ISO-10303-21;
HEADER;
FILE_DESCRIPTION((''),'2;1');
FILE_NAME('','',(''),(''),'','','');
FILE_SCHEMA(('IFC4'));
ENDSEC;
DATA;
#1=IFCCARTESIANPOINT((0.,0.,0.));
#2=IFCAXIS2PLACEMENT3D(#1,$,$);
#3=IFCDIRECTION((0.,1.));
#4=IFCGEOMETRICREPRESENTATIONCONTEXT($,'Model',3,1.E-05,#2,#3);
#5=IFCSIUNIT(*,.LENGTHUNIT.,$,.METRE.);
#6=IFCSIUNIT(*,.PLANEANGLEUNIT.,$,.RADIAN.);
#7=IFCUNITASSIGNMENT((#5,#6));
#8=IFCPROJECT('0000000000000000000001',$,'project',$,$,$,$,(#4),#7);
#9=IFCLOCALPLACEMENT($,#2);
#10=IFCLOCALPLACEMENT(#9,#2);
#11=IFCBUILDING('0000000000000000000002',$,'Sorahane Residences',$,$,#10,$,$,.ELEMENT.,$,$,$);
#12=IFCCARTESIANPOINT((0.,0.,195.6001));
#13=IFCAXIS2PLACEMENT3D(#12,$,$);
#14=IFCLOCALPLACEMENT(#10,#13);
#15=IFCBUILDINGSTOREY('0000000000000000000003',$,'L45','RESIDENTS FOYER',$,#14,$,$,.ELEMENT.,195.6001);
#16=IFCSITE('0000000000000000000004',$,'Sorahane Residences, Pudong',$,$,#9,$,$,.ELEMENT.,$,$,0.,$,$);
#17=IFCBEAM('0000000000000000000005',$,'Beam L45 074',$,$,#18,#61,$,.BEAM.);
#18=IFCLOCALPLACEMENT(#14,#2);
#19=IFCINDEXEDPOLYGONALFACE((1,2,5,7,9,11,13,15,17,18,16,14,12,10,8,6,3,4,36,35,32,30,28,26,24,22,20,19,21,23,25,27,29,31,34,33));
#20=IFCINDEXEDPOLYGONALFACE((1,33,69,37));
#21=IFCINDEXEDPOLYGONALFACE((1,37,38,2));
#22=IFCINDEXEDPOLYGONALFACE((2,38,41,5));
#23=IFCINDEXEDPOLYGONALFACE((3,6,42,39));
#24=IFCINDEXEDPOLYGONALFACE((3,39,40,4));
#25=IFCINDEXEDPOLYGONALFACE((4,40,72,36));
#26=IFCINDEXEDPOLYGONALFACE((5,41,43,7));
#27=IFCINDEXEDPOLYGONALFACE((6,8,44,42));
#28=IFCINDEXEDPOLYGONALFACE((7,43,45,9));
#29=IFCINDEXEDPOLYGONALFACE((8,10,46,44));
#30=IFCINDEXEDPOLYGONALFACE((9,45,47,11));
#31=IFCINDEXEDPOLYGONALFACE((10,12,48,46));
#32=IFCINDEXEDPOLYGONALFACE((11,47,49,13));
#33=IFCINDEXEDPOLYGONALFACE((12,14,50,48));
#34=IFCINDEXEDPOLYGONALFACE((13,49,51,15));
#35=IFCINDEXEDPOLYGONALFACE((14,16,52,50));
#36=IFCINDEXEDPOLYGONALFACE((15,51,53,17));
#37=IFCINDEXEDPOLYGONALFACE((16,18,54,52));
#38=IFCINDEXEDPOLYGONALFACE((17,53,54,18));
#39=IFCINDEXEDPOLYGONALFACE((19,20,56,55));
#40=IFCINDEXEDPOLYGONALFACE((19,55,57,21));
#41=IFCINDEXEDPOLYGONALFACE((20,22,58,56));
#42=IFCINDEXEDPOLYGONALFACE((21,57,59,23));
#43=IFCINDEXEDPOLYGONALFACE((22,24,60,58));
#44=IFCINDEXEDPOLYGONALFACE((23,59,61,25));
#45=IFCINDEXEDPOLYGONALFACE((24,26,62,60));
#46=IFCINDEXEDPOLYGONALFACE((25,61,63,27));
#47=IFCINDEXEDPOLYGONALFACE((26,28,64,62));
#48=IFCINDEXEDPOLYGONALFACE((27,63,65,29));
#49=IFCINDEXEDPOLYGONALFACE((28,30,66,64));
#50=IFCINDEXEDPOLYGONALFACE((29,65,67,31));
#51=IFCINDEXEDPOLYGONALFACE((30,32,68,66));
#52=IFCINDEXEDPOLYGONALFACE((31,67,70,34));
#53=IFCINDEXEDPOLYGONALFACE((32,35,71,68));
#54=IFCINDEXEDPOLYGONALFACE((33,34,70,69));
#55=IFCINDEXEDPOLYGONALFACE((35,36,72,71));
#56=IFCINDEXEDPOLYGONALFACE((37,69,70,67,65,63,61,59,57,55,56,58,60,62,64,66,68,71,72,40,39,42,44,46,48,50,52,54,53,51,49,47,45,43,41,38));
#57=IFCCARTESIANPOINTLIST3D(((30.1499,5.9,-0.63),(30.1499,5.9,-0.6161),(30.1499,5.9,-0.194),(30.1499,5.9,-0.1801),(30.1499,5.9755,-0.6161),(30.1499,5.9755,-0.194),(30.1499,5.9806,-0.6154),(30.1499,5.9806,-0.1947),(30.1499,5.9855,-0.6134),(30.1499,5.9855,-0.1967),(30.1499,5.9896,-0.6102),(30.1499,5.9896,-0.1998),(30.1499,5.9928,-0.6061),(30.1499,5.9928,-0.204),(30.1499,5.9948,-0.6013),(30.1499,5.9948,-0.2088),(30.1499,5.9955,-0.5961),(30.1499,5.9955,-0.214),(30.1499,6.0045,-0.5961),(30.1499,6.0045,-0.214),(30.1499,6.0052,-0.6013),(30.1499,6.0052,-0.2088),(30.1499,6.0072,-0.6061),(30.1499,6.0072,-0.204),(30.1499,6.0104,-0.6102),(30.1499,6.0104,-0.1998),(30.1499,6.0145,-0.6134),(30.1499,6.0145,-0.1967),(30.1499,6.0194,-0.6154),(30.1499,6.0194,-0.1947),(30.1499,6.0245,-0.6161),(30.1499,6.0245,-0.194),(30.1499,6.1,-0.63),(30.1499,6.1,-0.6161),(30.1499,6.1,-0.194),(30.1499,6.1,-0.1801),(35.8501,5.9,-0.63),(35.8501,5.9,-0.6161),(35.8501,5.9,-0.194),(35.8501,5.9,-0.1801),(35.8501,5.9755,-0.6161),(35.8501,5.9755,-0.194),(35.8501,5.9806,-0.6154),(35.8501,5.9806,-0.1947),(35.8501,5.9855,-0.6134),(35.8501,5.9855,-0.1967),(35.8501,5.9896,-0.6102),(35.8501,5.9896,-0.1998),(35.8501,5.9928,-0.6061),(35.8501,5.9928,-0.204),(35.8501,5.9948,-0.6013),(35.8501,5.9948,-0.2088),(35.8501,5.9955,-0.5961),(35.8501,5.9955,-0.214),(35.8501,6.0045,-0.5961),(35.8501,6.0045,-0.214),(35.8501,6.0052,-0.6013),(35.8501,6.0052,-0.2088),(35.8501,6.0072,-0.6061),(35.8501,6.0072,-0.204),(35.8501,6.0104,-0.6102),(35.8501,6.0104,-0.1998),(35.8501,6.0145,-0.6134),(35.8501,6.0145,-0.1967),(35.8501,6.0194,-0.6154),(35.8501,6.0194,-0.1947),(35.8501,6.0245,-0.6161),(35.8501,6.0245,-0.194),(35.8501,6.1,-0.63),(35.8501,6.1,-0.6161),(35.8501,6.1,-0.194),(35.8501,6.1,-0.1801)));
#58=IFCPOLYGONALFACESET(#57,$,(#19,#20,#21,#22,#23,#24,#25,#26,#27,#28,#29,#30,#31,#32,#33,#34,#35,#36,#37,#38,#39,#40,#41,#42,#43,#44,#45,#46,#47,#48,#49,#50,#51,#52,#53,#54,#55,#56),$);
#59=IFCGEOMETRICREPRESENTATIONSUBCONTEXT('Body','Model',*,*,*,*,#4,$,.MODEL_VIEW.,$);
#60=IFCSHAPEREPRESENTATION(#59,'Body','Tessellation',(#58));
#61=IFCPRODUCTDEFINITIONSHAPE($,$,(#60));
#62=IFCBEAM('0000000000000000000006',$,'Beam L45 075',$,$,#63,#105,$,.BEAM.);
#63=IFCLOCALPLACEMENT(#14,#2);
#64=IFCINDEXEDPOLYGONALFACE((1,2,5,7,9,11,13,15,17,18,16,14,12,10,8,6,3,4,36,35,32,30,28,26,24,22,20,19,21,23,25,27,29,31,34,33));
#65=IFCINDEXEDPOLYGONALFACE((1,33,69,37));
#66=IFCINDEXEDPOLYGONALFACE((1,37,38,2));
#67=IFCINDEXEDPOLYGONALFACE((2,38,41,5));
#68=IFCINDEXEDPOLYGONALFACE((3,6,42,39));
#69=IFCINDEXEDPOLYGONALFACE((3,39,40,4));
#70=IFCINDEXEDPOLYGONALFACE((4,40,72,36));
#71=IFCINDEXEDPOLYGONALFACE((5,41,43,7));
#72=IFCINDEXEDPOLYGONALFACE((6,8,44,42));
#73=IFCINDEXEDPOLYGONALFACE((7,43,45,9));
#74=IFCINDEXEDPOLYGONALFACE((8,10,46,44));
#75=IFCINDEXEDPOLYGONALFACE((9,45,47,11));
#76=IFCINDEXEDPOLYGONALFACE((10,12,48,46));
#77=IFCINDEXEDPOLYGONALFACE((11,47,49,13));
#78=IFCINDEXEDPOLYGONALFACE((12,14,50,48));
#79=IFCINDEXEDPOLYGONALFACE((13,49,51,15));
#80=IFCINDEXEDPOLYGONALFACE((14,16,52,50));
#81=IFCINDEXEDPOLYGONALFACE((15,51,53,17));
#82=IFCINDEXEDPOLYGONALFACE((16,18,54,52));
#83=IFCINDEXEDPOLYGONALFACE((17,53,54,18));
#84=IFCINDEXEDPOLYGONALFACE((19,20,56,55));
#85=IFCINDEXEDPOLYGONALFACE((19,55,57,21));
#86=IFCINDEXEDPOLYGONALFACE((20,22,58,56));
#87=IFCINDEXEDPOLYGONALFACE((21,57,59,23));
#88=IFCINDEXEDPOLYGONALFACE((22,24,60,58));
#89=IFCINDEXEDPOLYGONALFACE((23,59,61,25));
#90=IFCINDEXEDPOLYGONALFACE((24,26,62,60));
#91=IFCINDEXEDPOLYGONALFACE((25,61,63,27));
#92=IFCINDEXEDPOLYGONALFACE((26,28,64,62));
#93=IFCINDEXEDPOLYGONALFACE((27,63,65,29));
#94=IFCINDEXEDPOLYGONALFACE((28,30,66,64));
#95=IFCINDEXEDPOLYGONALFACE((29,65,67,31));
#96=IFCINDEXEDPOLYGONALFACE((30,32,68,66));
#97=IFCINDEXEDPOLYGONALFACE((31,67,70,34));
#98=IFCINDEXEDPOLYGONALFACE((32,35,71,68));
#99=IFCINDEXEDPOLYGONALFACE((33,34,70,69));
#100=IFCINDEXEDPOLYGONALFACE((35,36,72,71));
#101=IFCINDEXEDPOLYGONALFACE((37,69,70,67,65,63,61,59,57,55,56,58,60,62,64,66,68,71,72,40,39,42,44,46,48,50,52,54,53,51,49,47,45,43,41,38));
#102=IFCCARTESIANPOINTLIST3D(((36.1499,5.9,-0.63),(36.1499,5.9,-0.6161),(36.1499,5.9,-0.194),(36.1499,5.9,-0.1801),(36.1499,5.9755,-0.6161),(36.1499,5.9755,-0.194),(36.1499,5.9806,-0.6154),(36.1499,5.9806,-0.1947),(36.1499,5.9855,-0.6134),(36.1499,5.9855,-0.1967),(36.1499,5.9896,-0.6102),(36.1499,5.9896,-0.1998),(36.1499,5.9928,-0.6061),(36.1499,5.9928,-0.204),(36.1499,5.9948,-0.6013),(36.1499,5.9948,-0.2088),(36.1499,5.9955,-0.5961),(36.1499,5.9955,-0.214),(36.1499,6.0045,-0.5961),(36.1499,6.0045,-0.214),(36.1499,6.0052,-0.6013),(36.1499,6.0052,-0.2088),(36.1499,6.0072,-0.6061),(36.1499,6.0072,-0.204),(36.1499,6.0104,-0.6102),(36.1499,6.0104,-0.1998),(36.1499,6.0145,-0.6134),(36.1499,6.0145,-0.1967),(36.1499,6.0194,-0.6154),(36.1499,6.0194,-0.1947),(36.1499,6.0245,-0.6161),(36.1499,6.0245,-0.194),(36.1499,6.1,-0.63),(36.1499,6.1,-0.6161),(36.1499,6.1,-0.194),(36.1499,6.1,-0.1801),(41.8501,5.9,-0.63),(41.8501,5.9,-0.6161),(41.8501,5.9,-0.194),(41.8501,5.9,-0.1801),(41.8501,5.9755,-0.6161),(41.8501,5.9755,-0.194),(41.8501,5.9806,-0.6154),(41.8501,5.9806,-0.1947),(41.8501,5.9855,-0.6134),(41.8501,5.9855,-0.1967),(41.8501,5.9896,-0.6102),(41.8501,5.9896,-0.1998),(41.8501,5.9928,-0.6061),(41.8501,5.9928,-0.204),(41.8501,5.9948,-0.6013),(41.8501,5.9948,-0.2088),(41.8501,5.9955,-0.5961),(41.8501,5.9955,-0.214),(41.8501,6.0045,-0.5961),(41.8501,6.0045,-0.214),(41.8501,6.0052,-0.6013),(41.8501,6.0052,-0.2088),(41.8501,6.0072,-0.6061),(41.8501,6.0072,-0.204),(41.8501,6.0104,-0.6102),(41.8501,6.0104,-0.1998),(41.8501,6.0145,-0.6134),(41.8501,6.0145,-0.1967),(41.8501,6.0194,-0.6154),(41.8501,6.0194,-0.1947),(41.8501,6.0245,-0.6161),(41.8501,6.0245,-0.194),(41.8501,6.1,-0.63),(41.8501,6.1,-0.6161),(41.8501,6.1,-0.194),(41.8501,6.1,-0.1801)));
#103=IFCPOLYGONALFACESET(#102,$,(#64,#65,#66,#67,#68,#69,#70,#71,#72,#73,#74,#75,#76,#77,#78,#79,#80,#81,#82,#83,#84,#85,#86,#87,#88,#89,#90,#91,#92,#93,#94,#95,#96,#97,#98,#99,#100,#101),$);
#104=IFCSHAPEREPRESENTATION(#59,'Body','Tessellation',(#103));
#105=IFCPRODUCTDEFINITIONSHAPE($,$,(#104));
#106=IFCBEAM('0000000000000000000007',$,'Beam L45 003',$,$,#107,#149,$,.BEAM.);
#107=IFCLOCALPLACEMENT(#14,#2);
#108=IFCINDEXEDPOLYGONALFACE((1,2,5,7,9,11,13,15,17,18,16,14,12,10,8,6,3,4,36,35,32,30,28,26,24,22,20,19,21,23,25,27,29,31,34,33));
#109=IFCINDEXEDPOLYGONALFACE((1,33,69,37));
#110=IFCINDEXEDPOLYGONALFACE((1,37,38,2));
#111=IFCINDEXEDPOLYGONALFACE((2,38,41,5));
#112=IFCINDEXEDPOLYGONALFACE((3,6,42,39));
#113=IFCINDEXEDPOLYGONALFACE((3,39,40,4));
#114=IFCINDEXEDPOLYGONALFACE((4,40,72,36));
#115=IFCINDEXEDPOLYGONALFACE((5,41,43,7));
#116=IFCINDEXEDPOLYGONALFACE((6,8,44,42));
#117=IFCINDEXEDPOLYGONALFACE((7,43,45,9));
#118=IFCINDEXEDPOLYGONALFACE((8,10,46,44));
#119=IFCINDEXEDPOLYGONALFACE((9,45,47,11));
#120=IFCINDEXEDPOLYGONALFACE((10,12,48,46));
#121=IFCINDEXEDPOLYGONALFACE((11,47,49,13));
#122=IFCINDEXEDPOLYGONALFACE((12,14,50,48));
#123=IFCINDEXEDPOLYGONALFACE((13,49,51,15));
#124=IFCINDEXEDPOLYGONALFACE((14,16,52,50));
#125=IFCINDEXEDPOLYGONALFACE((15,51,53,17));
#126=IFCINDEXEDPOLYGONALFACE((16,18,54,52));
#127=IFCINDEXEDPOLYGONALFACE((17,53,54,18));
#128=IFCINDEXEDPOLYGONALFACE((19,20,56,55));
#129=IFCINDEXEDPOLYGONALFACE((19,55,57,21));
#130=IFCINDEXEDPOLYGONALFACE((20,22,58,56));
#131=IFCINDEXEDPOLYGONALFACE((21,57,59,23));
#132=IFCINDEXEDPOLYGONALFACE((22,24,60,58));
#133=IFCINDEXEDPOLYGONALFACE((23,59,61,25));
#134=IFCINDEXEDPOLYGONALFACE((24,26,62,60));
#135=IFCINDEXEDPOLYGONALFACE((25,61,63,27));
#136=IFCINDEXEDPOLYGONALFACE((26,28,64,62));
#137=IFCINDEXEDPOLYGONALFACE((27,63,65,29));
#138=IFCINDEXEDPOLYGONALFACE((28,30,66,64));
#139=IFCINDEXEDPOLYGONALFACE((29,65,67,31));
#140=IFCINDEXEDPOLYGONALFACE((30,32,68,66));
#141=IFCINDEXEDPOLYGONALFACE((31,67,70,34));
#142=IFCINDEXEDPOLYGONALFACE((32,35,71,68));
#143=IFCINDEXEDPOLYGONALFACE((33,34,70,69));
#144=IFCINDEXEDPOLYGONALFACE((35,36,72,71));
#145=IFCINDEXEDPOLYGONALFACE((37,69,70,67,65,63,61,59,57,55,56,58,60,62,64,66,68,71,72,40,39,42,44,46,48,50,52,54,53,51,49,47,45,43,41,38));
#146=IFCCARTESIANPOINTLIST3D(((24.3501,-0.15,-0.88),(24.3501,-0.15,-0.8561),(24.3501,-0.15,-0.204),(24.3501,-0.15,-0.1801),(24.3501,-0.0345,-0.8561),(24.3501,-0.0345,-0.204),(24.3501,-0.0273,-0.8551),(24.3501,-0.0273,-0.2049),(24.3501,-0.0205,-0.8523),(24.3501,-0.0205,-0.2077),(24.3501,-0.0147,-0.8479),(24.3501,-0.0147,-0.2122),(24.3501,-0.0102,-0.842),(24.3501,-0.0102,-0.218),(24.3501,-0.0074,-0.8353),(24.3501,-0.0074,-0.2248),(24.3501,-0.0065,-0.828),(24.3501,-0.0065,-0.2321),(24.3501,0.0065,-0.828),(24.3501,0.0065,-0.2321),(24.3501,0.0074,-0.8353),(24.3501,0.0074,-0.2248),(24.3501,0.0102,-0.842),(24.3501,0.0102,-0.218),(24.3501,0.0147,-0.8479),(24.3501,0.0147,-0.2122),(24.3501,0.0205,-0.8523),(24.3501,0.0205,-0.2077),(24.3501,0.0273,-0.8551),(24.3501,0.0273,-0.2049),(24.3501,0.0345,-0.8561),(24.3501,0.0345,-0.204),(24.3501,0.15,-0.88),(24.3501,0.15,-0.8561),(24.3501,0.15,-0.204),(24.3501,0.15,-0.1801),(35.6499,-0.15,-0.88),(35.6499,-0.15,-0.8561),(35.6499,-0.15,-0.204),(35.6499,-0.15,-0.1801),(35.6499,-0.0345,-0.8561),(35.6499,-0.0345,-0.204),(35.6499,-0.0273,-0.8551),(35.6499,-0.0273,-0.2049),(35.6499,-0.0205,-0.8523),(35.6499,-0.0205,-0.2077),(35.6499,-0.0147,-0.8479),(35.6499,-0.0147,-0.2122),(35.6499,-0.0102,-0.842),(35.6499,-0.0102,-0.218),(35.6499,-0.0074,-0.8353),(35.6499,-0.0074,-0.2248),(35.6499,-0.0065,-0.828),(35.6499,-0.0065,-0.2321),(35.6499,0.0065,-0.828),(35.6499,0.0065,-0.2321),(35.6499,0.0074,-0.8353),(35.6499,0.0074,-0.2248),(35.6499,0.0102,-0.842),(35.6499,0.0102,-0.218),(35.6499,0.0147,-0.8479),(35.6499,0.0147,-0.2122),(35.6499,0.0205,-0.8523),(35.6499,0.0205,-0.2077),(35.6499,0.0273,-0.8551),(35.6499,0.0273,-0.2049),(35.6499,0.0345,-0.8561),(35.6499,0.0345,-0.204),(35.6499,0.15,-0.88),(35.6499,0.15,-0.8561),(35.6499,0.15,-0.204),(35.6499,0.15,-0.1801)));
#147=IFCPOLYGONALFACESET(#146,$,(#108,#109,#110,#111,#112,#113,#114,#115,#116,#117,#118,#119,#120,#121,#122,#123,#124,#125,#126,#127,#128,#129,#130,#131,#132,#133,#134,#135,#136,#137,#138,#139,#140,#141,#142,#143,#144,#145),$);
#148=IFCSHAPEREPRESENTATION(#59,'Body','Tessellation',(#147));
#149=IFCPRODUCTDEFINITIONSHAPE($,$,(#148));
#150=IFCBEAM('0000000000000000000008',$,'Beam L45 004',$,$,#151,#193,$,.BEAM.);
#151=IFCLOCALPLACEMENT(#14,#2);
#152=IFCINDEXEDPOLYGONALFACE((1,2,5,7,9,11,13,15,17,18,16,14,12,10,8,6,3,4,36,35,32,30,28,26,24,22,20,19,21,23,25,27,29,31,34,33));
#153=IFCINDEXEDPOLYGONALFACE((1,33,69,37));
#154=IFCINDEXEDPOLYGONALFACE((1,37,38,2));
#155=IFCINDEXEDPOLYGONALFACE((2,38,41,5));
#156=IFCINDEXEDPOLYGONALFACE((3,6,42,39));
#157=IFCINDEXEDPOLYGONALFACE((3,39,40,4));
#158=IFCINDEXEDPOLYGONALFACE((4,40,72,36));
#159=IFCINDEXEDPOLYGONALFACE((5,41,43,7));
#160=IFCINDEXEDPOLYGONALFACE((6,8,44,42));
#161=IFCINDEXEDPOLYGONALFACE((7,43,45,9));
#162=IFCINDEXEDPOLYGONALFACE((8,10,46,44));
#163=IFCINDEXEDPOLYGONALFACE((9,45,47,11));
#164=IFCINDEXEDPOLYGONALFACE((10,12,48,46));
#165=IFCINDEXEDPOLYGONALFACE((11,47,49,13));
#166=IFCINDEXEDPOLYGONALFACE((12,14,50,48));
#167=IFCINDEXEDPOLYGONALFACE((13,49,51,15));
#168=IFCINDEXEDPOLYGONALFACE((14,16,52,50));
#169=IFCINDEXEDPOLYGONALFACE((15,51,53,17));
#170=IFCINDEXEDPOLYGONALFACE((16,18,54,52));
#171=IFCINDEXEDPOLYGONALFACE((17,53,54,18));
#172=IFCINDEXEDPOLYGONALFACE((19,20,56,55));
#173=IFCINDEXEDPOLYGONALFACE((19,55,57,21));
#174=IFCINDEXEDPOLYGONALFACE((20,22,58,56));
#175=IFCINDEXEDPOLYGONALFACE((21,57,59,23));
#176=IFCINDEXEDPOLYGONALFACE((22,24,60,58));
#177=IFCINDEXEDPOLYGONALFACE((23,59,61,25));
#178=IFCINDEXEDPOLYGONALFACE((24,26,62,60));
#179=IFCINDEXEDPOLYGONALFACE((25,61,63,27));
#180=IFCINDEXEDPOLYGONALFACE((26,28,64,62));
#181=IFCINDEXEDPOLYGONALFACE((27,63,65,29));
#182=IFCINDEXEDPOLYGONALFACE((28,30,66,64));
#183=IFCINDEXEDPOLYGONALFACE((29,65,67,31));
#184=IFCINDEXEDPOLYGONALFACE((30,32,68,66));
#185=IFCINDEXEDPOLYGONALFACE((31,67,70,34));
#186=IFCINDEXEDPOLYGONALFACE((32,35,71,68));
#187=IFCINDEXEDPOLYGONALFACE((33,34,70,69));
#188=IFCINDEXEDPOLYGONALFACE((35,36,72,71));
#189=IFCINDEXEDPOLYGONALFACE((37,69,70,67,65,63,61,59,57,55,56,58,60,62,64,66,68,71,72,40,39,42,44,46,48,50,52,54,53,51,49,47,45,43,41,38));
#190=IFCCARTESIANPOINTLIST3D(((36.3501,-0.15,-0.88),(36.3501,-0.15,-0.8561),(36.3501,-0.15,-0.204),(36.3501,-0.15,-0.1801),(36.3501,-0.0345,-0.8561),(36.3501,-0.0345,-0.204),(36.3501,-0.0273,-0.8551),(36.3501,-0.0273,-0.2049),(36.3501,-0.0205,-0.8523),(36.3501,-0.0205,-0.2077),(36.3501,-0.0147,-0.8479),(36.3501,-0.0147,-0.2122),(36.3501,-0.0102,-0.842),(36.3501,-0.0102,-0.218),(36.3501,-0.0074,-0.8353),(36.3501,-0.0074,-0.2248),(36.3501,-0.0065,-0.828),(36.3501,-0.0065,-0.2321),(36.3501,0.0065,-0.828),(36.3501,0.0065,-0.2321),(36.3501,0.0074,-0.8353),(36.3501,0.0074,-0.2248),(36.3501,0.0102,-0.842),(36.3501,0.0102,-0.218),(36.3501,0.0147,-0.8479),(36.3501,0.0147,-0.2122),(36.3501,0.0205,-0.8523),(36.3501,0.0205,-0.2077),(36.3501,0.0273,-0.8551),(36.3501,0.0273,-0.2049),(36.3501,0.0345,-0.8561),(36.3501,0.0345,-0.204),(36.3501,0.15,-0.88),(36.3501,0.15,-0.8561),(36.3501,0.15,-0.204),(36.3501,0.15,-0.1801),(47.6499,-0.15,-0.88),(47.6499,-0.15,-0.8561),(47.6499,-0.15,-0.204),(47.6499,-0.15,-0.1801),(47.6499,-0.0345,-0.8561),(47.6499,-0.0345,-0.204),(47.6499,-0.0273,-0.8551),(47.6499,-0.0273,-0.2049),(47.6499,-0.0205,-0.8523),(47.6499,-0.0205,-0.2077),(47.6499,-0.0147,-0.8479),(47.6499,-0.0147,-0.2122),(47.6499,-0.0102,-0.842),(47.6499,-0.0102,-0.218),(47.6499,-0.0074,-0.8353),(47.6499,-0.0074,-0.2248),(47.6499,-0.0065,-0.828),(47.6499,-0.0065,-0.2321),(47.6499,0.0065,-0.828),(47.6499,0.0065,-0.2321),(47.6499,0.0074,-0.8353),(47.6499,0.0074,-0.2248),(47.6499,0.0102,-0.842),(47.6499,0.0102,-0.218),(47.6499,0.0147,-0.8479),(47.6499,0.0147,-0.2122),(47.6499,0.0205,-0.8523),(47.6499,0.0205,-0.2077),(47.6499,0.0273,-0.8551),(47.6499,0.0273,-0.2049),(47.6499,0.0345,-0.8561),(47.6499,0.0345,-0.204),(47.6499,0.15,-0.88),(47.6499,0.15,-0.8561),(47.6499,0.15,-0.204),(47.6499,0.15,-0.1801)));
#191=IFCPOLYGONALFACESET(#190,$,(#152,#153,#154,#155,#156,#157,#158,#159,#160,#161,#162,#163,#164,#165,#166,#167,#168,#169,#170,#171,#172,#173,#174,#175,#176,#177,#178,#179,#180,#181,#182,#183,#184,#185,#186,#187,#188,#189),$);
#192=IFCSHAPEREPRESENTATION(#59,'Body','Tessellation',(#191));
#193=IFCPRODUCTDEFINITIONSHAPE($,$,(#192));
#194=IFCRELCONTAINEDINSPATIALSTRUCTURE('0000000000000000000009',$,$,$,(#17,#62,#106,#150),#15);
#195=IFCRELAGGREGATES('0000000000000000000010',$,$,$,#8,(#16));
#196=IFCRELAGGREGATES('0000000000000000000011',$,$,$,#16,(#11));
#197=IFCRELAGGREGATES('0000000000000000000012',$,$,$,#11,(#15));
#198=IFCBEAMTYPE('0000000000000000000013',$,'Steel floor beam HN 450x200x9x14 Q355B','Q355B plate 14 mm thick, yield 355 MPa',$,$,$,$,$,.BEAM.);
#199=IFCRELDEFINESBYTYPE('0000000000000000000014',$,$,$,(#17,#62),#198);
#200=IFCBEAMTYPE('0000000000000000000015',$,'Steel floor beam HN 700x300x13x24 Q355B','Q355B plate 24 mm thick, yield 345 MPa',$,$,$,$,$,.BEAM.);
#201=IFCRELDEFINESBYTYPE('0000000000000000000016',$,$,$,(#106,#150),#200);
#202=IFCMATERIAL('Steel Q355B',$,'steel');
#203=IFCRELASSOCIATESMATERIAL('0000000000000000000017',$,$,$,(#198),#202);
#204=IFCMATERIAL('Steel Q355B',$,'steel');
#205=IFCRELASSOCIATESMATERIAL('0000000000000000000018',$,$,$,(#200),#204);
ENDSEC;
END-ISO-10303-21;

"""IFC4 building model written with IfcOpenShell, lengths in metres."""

from ifc_helpers import new_model, si_unit, direction, frame, origin, origin_2d, place, context, subcontext, project, spatial, i_section, extrude, material, material_profile, profile_set, type_object, element, save


model = new_model("IFC4")

# Units and contexts
model_context = context("Model", 3, precision=1e-05, world=origin(), true_north=direction((0.0, 1.0)))
body_context = subcontext(model_context, "Body", "Model", "MODEL_VIEW")
ifc_project = project(units=[si_unit("LENGTHUNIT", "METRE"), si_unit("PLANEANGLEUNIT", "RADIAN")], contexts=[model_context])

# Site, building, storey
site_placement = place(None, origin())
site = spatial("IfcSite", under=ifc_project, at=site_placement, Name="Sorahane Residences, Pudong", CompositionType="ELEMENT", RefElevation=0.0)
building_placement = place(site_placement, origin())
building = spatial("IfcBuilding", under=site, at=building_placement, Name="Sorahane Residences", CompositionType="ELEMENT")
storey_placement = place(building_placement, frame((0.0, 0.0, 195.6001)))
storey = spatial("IfcBuildingStorey", under=building, at=storey_placement, Name="L45", Description="RESIDENTS FOYER", CompositionType="ELEMENT", Elevation=195.6001)

# Beams
ifc_material_1 = material(Name="Steel Q355B", Category="steel")
ifc_material_profile_1 = material_profile(ifc_material_1, i_section(OverallWidth=0.2, OverallDepth=0.45, WebThickness=0.009, FlangeThickness=0.0139, FilletRadius=0.02, at=origin_2d()), Name="HN 450x200x9x14")
ifc_profile_set_1 = profile_set([ifc_material_profile_1], Name="Steel Q355B")
beam_type_1 = type_object("IfcBeamType", Name="Steel floor beam HN 450x200x9x14 Q355B", Description="Q355B plate 14 mm thick, yield 355 MPa", PredefinedType="BEAM", material=ifc_profile_set_1)
for number, where, z_axis, x_axis, name in (
    (1, (30.1499, 6.0, -0.405), (1.0, 0.0, 0.0), (0.0, 1.0, 0.0), "Beam L45 074"),
    (2, (36.1499, 6.0, -0.405), (1.0, 0.0, 0.0), (0.0, 1.0, 0.0), "Beam L45 075"),
):
    element("IfcBeam", number, at=place(storey_placement, frame(where, z_axis=z_axis, x_axis=x_axis)), inside=storey, type_object=beam_type_1, Name=name, PredefinedType="BEAM", context=body_context, shape_type="SweptSolid", body=[
        extrude(i_section(OverallWidth=0.2, OverallDepth=0.45, WebThickness=0.009, FlangeThickness=0.0139, FilletRadius=0.02, at=origin_2d()), origin(), (0.0, 0.0, 1.0), 5.7002),
    ])
ifc_material_2 = material(Name="Steel Q355B", Category="steel")
ifc_material_profile_2 = material_profile(ifc_material_2, i_section(OverallWidth=0.3, OverallDepth=0.7, WebThickness=0.0129, FlangeThickness=0.0239, FilletRadius=0.0281, at=origin_2d()), Name="HN 700x300x13x24")
ifc_profile_set_2 = profile_set([ifc_material_profile_2], Name="Steel Q355B")
beam_type_2 = type_object("IfcBeamType", Name="Steel floor beam HN 700x300x13x24 Q355B", Description="Q355B plate 24 mm thick, yield 345 MPa", PredefinedType="BEAM", material=ifc_profile_set_2)
for number, where, z_axis, x_axis, name in (
    (3, (24.3501, 0.0, -0.53), (1.0, 0.0, 0.0), (0.0, 1.0, 0.0), "Beam L45 003"),
    (4, (36.3501, 0.0, -0.53), (1.0, 0.0, 0.0), (0.0, 1.0, 0.0), "Beam L45 004"),
):
    element("IfcBeam", number, at=place(storey_placement, frame(where, z_axis=z_axis, x_axis=x_axis)), inside=storey, type_object=beam_type_2, Name=name, PredefinedType="BEAM", context=body_context, shape_type="SweptSolid", body=[
        extrude(i_section(OverallWidth=0.3, OverallDepth=0.7, WebThickness=0.0129, FlangeThickness=0.0239, FilletRadius=0.0281, at=origin_2d()), origin(), (0.0, 0.0, 1.0), 11.2998),
    ])

save(model, "model.ifc")
